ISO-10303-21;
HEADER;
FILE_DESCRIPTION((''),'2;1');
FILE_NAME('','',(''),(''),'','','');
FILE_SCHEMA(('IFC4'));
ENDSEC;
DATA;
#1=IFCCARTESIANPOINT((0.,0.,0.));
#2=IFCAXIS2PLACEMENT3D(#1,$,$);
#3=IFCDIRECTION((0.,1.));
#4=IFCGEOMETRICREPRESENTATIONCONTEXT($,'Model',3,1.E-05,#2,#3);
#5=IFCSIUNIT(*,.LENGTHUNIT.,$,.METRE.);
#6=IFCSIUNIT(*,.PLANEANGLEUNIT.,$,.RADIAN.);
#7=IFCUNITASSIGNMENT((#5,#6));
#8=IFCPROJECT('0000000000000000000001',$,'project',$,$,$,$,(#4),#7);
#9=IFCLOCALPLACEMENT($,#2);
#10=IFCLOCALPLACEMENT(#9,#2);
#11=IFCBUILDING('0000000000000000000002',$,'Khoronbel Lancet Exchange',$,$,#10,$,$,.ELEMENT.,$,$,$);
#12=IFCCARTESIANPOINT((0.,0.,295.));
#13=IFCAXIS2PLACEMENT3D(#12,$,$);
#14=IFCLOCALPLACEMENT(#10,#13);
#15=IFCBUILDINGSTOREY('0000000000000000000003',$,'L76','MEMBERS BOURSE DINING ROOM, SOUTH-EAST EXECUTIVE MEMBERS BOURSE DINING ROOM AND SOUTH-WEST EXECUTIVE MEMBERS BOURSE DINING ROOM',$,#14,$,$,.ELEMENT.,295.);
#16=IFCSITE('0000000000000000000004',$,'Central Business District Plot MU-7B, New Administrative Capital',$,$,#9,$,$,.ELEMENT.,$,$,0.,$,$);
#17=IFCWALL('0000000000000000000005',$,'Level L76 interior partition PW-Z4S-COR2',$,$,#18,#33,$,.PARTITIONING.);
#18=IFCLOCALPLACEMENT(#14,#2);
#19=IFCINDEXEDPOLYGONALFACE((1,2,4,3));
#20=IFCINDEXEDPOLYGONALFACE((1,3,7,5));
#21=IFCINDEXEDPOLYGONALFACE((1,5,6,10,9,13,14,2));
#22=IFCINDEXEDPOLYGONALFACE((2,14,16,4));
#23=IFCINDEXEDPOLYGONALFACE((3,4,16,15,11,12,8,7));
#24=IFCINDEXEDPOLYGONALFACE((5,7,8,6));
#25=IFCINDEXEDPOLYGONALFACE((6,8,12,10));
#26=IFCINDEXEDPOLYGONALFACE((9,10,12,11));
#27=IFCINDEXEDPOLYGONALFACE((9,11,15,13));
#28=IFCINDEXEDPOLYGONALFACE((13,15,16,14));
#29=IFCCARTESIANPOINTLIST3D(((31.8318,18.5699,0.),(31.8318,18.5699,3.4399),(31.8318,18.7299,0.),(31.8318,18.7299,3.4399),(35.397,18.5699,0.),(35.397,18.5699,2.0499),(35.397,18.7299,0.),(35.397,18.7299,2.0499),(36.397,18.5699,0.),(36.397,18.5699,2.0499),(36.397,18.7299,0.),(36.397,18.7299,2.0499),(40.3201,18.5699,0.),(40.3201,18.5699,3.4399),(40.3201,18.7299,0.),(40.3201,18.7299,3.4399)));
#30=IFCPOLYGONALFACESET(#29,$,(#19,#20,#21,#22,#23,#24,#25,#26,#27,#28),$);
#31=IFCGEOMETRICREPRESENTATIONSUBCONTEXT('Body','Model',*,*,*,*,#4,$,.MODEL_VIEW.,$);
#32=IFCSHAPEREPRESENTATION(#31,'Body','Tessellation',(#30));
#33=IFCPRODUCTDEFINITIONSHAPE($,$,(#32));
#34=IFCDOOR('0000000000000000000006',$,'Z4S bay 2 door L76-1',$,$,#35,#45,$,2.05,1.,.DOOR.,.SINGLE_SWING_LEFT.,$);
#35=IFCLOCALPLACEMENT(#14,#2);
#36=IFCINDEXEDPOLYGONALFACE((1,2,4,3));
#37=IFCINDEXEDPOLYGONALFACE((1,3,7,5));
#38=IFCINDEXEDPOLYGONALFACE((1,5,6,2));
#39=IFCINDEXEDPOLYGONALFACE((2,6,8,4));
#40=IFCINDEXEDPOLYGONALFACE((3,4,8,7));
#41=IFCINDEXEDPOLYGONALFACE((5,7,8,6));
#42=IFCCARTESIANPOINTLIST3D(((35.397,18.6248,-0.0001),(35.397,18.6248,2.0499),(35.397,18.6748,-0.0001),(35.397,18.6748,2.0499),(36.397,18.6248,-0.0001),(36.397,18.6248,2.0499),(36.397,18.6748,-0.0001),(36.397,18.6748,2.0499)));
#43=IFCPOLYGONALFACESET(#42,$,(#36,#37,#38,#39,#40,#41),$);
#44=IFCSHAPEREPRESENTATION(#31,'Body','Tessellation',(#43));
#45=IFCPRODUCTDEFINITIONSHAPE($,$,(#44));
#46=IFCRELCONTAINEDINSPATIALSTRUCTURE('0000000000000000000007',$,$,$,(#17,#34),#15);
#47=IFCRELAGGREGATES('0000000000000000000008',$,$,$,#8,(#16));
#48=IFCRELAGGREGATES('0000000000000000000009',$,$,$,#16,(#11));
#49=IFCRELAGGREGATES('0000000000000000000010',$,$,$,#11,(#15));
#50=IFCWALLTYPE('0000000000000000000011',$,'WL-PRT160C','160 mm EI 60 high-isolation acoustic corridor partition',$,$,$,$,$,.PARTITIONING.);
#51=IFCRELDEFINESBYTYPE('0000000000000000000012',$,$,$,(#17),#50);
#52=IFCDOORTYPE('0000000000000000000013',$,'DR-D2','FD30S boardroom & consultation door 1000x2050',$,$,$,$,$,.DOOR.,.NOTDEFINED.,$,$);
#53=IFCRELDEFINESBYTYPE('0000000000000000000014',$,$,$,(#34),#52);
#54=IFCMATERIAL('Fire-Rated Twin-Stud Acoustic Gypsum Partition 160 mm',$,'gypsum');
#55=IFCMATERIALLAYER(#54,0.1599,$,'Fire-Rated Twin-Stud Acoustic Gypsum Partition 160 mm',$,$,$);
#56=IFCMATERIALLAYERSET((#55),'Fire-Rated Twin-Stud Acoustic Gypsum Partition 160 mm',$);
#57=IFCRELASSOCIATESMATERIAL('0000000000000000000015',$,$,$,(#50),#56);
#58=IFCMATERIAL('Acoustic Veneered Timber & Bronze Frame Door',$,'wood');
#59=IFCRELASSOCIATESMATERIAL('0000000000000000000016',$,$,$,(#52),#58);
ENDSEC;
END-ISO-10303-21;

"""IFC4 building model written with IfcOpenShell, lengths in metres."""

from ifc_helpers import new_model, si_unit, direction, frame, frame_2d, origin, place, context, subcontext, project, spatial, rectangle, extrude, material, layer, layer_set, type_object, element, fill, save


model = new_model("IFC4")

# Units and contexts
model_context = context("Model", 3, precision=1e-05, world=origin(), true_north=direction((0.0, 1.0)))
body_context = subcontext(model_context, "Body", "Model", "MODEL_VIEW")
ifc_project = project(units=[si_unit("LENGTHUNIT", "METRE"), si_unit("PLANEANGLEUNIT", "RADIAN")], contexts=[model_context])

# Site, building, storey
site_placement = place(None, origin())
site = spatial("IfcSite", under=ifc_project, at=site_placement, Name="Central Business District Plot MU-7B, New Administrative Capital", CompositionType="ELEMENT", RefElevation=0.0)
building_placement = place(site_placement, origin())
building = spatial("IfcBuilding", under=site, at=building_placement, Name="Khoronbel Lancet Exchange", CompositionType="ELEMENT")
storey_placement = place(building_placement, frame((0.0, 0.0, 295.0)))
storey = spatial("IfcBuildingStorey", under=building, at=storey_placement, Name="L76", Description="MEMBERS BOURSE DINING ROOM, SOUTH-EAST EXECUTIVE MEMBERS BOURSE DINING ROOM AND SOUTH-WEST EXECUTIVE MEMBERS BOURSE DINING ROOM", CompositionType="ELEMENT", Elevation=295.0)

# Wall, opening, door
ifc_material_1 = material(Name="Fire-Rated Twin-Stud Acoustic Gypsum Partition 160 mm", Category="gypsum")
ifc_layer_1 = layer(ifc_material_1, 0.1599, Name="Fire-Rated Twin-Stud Acoustic Gypsum Partition 160 mm")
ifc_layer_set_1 = layer_set([ifc_layer_1], Name="Fire-Rated Twin-Stud Acoustic Gypsum Partition 160 mm")
wall_type_1 = type_object("IfcWallType", Name="WL-PRT160C", Description="160 mm EI 60 high-isolation acoustic corridor partition", PredefinedType="PARTITIONING", material=ifc_layer_set_1)
ifc_material_2 = material(Name="Acoustic Veneered Timber & Bronze Frame Door", Category="wood")
door_type_1 = type_object("IfcDoorType", Name="DR-D2", Description="FD30S boardroom & consultation door 1000x2050", OperationType="NOTDEFINED", PredefinedType="DOOR", material=ifc_material_2)
wall_1_placement = place(storey_placement, frame((31.8318, 18.6499, 0.0), z_axis=(0.0, 0.0, 1.0), x_axis=(1.0, 0.0, 0.0)))
wall_1 = element("IfcWall", 1, at=wall_1_placement, inside=storey, type_object=wall_type_1, Name="Level L76 interior partition PW-Z4S-COR2", PredefinedType="PARTITIONING", context=body_context, shape_type="SweptSolid", body=[
    extrude(rectangle(XDim=8.4883, YDim=0.1599, at=frame_2d((4.2441, 0.0))), origin(), (0.0, 0.0, 1.0), 3.4399),
])
opening_1_placement = place(wall_1_placement, frame((3.5652, 0.0, 0.0)))
opening_1 = element("IfcOpeningElement", 2, at=opening_1_placement, cuts=wall_1, PredefinedType="OPENING", context=body_context, shape_type="SweptSolid", body=[
    extrude(rectangle(XDim=1.0, YDim=2.05, at=frame_2d((0.5, 1.0249))), frame((0.0, 0.0898, 0.0), z_axis=(0.0, -1.0, 0.0), x_axis=(1.0, 0.0, 0.0)), (0.0, 0.0, 1.0), 0.1799),
])
door_1_placement = place(opening_1_placement, origin())
door_1 = element("IfcDoor", 3, at=door_1_placement, inside=storey, type_object=door_type_1, Name="Z4S bay 2 door L76-1", OperationType="SINGLE_SWING_LEFT", OverallHeight=2.05, OverallWidth=1.0, PredefinedType="DOOR", context=body_context, shape_type="SweptSolid", body=[
    extrude(rectangle(XDim=1.0, YDim=2.05, at=frame_2d((0.5, 1.0249))), frame((0.0, 0.0249, 0.0), z_axis=(0.0, -1.0, 0.0), x_axis=(1.0, 0.0, 0.0)), (0.0, 0.0, 1.0), 0.05),
])
fill(opening_1, door_1)

save(model, "model.ifc")
